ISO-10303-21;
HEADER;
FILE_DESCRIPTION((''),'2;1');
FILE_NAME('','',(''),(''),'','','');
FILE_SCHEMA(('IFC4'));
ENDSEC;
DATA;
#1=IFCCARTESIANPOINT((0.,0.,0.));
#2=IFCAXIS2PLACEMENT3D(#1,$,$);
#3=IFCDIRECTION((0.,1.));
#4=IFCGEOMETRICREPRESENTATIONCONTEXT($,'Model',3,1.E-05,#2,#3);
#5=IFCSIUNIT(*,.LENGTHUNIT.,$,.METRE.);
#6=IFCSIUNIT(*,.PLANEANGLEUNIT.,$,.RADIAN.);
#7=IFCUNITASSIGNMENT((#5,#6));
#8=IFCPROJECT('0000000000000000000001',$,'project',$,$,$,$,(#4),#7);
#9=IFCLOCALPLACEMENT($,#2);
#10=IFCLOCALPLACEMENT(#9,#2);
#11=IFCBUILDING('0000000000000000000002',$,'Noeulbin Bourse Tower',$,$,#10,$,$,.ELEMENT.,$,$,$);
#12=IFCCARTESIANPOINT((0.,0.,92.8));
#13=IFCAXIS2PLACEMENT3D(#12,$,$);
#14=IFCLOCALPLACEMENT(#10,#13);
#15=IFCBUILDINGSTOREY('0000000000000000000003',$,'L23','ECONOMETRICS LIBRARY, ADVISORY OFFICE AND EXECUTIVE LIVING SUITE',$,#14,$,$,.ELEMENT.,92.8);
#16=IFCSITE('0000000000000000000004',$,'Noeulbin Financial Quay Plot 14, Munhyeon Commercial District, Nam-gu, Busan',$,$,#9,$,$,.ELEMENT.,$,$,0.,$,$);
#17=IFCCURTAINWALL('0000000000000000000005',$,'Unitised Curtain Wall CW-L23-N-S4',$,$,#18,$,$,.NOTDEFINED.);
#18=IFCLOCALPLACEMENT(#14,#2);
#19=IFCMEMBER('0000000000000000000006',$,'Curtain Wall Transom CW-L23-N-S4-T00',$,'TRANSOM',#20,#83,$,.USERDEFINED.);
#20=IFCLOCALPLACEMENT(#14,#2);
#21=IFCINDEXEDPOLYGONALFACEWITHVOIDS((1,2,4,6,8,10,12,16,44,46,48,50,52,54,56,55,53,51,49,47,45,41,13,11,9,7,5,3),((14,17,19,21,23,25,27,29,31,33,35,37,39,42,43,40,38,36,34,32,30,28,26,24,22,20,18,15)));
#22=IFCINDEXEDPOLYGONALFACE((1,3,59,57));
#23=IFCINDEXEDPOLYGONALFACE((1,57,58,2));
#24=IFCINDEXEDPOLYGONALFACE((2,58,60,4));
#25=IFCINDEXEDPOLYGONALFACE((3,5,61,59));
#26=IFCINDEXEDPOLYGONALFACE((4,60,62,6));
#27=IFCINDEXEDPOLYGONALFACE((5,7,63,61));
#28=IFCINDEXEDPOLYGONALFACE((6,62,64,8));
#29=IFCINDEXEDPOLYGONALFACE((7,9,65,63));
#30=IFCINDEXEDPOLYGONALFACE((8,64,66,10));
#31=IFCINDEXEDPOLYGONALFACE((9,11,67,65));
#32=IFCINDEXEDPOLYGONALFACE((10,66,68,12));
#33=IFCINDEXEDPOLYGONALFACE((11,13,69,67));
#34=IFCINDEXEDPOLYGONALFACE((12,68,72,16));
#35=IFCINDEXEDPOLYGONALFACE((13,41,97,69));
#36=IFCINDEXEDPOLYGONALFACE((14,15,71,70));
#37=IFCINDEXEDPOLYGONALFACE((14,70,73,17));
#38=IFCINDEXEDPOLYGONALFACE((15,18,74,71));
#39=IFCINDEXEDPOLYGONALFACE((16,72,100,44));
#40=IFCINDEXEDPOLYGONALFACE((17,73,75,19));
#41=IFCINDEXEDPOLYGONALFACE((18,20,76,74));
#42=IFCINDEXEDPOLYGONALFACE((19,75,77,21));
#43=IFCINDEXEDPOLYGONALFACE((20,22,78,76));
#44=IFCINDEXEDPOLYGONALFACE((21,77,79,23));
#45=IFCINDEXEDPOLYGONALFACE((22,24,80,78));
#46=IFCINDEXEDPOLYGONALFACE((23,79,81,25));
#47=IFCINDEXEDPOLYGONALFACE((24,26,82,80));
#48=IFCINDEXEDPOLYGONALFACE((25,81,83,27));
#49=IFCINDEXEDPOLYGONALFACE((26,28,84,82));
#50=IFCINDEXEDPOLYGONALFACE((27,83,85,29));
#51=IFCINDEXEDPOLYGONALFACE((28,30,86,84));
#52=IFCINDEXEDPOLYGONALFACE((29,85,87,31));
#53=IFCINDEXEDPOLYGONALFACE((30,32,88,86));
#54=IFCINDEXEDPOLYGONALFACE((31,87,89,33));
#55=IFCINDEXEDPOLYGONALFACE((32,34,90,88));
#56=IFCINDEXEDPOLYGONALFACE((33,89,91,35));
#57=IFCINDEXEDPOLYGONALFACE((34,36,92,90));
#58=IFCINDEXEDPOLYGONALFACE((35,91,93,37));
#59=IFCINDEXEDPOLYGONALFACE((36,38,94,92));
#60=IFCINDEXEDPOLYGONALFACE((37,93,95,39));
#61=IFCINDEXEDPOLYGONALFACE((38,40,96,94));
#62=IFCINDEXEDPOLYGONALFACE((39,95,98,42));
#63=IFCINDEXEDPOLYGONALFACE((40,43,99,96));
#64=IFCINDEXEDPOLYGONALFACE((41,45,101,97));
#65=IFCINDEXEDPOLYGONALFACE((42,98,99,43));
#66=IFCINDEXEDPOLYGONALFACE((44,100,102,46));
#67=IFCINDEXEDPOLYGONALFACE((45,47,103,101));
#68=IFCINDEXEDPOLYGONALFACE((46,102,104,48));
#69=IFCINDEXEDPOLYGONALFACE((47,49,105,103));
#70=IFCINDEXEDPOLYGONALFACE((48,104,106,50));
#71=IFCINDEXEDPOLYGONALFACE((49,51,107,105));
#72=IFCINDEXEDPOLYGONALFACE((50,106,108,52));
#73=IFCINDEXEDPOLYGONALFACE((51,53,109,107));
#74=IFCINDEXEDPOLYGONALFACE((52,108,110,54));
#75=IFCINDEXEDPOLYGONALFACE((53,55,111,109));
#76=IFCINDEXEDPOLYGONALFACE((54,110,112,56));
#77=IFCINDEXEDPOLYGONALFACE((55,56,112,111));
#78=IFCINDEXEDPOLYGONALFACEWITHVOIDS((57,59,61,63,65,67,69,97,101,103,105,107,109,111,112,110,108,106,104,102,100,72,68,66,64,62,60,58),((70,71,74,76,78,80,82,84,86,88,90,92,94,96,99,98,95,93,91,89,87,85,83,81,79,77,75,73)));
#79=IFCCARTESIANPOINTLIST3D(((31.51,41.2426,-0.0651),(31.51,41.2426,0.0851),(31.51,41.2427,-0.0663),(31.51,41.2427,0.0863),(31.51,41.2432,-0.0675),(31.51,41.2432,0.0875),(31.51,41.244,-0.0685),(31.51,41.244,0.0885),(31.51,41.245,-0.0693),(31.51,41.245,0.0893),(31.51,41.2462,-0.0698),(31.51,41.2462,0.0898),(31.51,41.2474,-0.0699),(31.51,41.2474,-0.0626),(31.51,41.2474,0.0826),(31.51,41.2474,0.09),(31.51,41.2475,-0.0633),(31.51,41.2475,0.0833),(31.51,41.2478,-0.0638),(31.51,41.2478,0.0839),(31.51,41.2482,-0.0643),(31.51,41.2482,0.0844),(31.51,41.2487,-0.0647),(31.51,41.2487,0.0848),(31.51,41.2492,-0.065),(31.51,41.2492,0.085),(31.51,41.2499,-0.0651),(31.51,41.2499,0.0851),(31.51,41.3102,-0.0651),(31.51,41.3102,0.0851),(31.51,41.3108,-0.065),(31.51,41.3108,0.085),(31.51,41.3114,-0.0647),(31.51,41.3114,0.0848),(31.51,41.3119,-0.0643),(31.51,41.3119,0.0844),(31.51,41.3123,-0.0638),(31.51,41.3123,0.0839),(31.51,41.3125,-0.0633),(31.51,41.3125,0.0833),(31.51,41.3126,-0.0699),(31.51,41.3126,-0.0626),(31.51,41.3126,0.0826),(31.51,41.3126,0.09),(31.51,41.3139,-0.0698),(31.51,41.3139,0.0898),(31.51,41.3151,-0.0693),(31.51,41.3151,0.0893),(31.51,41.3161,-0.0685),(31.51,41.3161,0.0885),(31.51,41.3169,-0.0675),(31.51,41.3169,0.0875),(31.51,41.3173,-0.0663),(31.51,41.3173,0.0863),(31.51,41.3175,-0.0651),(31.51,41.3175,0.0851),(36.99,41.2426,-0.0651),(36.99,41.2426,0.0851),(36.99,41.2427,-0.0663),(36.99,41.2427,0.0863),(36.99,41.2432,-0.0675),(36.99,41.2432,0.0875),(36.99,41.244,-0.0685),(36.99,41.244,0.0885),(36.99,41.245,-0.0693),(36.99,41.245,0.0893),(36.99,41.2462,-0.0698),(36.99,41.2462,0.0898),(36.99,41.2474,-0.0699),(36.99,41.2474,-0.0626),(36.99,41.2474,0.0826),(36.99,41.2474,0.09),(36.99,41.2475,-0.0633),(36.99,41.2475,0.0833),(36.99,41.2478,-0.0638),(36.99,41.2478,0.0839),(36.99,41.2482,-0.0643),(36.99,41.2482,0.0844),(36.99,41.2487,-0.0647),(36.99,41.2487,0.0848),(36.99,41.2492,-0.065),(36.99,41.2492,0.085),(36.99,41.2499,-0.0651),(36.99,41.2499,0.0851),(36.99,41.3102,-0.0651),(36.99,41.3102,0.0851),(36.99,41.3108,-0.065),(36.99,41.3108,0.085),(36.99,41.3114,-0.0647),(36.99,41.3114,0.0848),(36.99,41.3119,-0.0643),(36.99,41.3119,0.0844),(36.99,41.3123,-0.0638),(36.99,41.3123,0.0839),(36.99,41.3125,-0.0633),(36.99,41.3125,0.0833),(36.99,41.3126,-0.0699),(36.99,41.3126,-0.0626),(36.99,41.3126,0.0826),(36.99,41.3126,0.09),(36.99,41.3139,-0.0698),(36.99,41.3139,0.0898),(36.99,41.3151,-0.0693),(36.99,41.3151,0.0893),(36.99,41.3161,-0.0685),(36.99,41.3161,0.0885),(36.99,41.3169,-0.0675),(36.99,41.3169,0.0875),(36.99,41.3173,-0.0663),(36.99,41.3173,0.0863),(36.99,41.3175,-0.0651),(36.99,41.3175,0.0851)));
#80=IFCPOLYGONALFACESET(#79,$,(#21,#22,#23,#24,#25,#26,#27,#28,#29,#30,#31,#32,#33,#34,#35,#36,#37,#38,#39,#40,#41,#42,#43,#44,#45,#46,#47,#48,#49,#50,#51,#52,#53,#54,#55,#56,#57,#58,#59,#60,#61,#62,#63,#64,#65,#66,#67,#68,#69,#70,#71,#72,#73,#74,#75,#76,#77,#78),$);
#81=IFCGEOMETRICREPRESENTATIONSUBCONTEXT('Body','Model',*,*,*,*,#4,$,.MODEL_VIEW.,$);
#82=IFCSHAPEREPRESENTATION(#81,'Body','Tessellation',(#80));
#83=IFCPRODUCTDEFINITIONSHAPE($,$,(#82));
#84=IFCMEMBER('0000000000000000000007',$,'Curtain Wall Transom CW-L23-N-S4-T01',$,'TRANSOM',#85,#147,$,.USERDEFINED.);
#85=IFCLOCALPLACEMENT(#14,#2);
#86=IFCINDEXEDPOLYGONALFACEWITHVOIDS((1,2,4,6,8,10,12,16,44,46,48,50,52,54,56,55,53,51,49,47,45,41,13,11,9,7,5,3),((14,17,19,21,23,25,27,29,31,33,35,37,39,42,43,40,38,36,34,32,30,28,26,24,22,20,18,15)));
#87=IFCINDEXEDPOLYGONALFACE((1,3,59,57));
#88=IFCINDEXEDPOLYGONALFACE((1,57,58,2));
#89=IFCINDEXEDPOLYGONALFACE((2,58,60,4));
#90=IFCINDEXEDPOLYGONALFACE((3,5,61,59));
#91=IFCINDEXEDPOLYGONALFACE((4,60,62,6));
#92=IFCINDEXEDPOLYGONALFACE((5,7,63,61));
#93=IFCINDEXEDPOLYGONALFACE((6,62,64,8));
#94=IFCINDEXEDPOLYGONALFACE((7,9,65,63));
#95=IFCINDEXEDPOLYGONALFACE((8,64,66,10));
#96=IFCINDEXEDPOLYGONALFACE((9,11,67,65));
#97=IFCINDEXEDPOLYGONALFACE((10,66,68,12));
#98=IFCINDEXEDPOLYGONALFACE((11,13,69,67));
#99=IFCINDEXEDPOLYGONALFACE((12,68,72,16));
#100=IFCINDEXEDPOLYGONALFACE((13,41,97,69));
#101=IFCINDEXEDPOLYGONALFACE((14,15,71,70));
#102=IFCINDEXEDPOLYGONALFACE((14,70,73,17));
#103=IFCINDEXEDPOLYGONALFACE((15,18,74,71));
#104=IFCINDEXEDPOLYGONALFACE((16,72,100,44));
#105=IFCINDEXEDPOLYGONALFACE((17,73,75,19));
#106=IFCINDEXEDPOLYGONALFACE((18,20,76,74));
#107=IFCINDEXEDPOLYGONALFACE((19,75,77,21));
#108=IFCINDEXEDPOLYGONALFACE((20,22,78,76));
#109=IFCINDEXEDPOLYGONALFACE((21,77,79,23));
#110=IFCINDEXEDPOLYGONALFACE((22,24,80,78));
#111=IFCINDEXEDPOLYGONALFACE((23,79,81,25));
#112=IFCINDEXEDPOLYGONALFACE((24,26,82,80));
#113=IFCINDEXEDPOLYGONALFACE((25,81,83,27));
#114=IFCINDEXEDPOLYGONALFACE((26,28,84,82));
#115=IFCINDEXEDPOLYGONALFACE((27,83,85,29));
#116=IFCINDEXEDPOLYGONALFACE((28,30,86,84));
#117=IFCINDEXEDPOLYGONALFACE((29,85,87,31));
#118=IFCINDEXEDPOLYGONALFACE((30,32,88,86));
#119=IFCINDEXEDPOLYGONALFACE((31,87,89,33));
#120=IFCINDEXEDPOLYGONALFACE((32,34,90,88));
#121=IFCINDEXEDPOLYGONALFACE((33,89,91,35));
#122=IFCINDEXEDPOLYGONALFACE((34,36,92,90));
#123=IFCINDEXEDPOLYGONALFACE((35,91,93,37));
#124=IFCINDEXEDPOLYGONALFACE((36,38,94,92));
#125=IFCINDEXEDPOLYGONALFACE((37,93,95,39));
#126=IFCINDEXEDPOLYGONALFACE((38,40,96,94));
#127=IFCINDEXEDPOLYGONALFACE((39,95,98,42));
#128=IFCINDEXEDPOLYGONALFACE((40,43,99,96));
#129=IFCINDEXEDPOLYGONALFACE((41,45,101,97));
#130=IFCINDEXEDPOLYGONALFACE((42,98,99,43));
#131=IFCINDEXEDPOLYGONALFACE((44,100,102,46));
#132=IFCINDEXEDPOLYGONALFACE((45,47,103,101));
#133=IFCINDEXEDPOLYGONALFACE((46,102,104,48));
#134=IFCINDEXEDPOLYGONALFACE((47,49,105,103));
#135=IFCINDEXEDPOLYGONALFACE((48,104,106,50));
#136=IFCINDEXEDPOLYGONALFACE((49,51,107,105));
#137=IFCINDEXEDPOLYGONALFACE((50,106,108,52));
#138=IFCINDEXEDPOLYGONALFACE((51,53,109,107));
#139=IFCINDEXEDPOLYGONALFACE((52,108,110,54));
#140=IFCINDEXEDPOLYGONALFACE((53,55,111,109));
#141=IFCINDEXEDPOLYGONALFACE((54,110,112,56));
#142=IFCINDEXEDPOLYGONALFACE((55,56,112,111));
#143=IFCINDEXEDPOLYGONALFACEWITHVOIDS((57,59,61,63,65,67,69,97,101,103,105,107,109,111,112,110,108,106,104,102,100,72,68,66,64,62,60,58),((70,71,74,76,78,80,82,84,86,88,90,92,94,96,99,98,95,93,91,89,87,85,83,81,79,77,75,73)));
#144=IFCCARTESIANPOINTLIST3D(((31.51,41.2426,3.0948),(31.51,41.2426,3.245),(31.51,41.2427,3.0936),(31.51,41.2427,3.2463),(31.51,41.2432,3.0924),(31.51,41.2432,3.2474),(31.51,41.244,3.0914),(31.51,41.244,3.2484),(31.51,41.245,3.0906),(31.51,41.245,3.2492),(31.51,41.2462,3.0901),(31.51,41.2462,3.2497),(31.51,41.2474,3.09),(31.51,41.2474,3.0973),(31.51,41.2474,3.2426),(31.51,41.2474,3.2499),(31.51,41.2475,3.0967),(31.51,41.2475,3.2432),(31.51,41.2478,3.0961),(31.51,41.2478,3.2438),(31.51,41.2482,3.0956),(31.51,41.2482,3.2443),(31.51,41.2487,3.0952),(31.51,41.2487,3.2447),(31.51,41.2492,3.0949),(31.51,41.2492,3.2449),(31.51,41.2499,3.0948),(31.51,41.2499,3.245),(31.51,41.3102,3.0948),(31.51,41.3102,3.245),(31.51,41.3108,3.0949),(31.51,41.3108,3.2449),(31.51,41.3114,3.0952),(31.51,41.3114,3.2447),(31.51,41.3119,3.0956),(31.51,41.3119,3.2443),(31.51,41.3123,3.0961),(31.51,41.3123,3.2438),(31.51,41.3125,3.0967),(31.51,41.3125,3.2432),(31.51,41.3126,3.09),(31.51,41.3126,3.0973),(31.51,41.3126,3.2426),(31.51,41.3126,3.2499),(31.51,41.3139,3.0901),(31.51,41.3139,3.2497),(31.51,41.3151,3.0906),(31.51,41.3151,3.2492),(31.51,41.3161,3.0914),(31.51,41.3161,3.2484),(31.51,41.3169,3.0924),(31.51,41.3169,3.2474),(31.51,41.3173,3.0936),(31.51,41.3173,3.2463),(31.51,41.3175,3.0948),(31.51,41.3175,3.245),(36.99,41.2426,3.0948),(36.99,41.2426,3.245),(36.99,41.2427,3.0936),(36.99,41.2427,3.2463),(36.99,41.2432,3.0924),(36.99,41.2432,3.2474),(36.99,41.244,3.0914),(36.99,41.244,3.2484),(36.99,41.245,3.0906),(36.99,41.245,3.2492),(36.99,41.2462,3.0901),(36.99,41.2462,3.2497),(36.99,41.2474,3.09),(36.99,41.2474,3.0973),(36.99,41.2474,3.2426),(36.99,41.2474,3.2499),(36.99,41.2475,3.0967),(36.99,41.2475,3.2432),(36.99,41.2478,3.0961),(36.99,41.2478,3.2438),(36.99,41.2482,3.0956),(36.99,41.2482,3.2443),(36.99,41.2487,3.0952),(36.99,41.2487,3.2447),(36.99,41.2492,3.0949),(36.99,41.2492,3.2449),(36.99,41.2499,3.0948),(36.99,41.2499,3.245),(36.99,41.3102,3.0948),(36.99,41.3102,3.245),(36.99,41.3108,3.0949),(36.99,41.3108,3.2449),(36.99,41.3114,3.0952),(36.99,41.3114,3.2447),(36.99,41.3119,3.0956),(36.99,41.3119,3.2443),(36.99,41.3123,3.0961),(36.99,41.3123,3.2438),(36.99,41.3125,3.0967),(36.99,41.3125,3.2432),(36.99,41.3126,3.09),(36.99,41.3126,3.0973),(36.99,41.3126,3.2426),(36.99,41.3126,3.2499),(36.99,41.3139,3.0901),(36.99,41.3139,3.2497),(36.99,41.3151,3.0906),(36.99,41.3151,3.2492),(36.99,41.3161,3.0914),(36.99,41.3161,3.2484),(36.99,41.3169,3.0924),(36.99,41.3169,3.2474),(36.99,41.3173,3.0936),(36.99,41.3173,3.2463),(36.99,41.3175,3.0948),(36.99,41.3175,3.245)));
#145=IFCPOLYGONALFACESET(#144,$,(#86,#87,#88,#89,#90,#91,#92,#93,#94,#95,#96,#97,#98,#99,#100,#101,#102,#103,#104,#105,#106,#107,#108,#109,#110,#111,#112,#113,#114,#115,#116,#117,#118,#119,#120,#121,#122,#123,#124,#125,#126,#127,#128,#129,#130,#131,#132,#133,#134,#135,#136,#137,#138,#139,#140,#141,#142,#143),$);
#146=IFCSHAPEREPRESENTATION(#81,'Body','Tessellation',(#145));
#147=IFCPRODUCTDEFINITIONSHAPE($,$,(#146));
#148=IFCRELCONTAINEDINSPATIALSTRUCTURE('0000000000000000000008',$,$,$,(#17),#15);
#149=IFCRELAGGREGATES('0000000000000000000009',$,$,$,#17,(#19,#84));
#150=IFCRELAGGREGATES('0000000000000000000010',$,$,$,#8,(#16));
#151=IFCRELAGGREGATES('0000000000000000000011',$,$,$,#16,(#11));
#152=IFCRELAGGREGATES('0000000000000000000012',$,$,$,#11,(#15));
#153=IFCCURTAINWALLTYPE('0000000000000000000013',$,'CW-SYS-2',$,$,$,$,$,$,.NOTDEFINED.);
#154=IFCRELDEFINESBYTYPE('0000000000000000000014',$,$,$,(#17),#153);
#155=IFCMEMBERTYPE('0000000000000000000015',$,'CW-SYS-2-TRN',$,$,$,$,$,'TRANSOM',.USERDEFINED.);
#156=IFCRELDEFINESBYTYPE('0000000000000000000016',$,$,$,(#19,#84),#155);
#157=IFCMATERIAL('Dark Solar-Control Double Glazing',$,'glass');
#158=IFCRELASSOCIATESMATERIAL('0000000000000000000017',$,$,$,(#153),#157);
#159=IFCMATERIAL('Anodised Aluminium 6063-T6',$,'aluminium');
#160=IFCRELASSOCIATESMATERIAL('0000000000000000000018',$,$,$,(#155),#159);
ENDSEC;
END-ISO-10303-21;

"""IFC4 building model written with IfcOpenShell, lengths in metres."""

from ifc_helpers import new_model, si_unit, direction, frame, origin, origin_2d, place, context, subcontext, project, spatial, hollow_rectangle, extrude, material, material_profile, profile_set, type_object, element, aggregate, save


model = new_model("IFC4")

# Units and contexts
model_context = context("Model", 3, precision=1e-05, world=origin(), true_north=direction((0.0, 1.0)))
body_context = subcontext(model_context, "Body", "Model", "MODEL_VIEW")
ifc_project = project(units=[si_unit("LENGTHUNIT", "METRE"), si_unit("PLANEANGLEUNIT", "RADIAN")], contexts=[model_context])

# Site, building, storey
site_placement = place(None, origin())
site = spatial("IfcSite", under=ifc_project, at=site_placement, Name="Noeulbin Financial Quay Plot 14, Munhyeon Commercial District, Nam-gu, Busan", CompositionType="ELEMENT", RefElevation=0.0)
building_placement = place(site_placement, origin())
building = spatial("IfcBuilding", under=site, at=building_placement, Name="Noeulbin Bourse Tower", CompositionType="ELEMENT")
storey_placement = place(building_placement, frame((0.0, 0.0, 92.8)))
storey = spatial("IfcBuildingStorey", under=building, at=storey_placement, Name="L23", Description="ECONOMETRICS LIBRARY, ADVISORY OFFICE AND EXECUTIVE LIVING SUITE", CompositionType="ELEMENT", Elevation=92.8)

# Shared definitions
ifc_material_1 = material(Name="Dark Solar-Control Double Glazing", Category="glass")
curtain_wall_type = type_object("IfcCurtainWallType", Name="CW-SYS-2", PredefinedType="NOTDEFINED", material=ifc_material_1)
ifc_material_2 = material(Name="Anodised Aluminium 6063-T6", Category="aluminium")

# Curtain wall
curtain_wall_1_placement = place(storey_placement, origin())
curtain_wall_1 = element("IfcCurtainWall", 1, at=curtain_wall_1_placement, inside=storey, type_object=curtain_wall_type, Name="Unitised Curtain Wall CW-L23-N-S4", PredefinedType="NOTDEFINED")

# Members
ifc_material_profile_1 = material_profile(ifc_material_2, hollow_rectangle(XDim=0.075, YDim=0.1599, WallThickness=0.0049, InnerFilletRadius=0.0024, OuterFilletRadius=0.0049, at=origin_2d()), Name="ALU-TRAN-75x160x5", Category="LoadBearing")
ifc_profile_set_1 = profile_set([ifc_material_profile_1], Name="Anodised Aluminium 6063-T6")
member_type_1 = type_object("IfcMemberType", Name="CW-SYS-2-TRN", ElementType="TRANSOM", PredefinedType="USERDEFINED", material=ifc_profile_set_1)
member_1_placement = place(storey_placement, frame((31.51, 41.28, 0.01), z_axis=(1.0, 0.0, 0.0), x_axis=(0.0, 1.0, 0.0)))
member_1 = element("IfcMember", 2, at=member_1_placement, type_object=member_type_1, Name="Curtain Wall Transom CW-L23-N-S4-T00", ObjectType="TRANSOM", PredefinedType="USERDEFINED", context=body_context, shape_type="SweptSolid", body=[
    extrude(hollow_rectangle(XDim=0.075, YDim=0.1599, WallThickness=0.0049, InnerFilletRadius=0.0024, OuterFilletRadius=0.0049, at=origin_2d()), origin(), (0.0, 0.0, 1.0), 5.48),
])
member_2_placement = place(storey_placement, frame((31.51, 41.28, 3.1699), z_axis=(1.0, 0.0, 0.0), x_axis=(0.0, 1.0, 0.0)))
member_2 = element("IfcMember", 3, at=member_2_placement, type_object=member_type_1, Name="Curtain Wall Transom CW-L23-N-S4-T01", ObjectType="TRANSOM", PredefinedType="USERDEFINED", context=body_context, shape_type="SweptSolid", body=[
    extrude(hollow_rectangle(XDim=0.075, YDim=0.1599, WallThickness=0.0049, InnerFilletRadius=0.0024, OuterFilletRadius=0.0049, at=origin_2d()), origin(), (0.0, 0.0, 1.0), 5.48),
])

aggregate(curtain_wall_1, [member_1, member_2])

save(model, "model.ifc")
